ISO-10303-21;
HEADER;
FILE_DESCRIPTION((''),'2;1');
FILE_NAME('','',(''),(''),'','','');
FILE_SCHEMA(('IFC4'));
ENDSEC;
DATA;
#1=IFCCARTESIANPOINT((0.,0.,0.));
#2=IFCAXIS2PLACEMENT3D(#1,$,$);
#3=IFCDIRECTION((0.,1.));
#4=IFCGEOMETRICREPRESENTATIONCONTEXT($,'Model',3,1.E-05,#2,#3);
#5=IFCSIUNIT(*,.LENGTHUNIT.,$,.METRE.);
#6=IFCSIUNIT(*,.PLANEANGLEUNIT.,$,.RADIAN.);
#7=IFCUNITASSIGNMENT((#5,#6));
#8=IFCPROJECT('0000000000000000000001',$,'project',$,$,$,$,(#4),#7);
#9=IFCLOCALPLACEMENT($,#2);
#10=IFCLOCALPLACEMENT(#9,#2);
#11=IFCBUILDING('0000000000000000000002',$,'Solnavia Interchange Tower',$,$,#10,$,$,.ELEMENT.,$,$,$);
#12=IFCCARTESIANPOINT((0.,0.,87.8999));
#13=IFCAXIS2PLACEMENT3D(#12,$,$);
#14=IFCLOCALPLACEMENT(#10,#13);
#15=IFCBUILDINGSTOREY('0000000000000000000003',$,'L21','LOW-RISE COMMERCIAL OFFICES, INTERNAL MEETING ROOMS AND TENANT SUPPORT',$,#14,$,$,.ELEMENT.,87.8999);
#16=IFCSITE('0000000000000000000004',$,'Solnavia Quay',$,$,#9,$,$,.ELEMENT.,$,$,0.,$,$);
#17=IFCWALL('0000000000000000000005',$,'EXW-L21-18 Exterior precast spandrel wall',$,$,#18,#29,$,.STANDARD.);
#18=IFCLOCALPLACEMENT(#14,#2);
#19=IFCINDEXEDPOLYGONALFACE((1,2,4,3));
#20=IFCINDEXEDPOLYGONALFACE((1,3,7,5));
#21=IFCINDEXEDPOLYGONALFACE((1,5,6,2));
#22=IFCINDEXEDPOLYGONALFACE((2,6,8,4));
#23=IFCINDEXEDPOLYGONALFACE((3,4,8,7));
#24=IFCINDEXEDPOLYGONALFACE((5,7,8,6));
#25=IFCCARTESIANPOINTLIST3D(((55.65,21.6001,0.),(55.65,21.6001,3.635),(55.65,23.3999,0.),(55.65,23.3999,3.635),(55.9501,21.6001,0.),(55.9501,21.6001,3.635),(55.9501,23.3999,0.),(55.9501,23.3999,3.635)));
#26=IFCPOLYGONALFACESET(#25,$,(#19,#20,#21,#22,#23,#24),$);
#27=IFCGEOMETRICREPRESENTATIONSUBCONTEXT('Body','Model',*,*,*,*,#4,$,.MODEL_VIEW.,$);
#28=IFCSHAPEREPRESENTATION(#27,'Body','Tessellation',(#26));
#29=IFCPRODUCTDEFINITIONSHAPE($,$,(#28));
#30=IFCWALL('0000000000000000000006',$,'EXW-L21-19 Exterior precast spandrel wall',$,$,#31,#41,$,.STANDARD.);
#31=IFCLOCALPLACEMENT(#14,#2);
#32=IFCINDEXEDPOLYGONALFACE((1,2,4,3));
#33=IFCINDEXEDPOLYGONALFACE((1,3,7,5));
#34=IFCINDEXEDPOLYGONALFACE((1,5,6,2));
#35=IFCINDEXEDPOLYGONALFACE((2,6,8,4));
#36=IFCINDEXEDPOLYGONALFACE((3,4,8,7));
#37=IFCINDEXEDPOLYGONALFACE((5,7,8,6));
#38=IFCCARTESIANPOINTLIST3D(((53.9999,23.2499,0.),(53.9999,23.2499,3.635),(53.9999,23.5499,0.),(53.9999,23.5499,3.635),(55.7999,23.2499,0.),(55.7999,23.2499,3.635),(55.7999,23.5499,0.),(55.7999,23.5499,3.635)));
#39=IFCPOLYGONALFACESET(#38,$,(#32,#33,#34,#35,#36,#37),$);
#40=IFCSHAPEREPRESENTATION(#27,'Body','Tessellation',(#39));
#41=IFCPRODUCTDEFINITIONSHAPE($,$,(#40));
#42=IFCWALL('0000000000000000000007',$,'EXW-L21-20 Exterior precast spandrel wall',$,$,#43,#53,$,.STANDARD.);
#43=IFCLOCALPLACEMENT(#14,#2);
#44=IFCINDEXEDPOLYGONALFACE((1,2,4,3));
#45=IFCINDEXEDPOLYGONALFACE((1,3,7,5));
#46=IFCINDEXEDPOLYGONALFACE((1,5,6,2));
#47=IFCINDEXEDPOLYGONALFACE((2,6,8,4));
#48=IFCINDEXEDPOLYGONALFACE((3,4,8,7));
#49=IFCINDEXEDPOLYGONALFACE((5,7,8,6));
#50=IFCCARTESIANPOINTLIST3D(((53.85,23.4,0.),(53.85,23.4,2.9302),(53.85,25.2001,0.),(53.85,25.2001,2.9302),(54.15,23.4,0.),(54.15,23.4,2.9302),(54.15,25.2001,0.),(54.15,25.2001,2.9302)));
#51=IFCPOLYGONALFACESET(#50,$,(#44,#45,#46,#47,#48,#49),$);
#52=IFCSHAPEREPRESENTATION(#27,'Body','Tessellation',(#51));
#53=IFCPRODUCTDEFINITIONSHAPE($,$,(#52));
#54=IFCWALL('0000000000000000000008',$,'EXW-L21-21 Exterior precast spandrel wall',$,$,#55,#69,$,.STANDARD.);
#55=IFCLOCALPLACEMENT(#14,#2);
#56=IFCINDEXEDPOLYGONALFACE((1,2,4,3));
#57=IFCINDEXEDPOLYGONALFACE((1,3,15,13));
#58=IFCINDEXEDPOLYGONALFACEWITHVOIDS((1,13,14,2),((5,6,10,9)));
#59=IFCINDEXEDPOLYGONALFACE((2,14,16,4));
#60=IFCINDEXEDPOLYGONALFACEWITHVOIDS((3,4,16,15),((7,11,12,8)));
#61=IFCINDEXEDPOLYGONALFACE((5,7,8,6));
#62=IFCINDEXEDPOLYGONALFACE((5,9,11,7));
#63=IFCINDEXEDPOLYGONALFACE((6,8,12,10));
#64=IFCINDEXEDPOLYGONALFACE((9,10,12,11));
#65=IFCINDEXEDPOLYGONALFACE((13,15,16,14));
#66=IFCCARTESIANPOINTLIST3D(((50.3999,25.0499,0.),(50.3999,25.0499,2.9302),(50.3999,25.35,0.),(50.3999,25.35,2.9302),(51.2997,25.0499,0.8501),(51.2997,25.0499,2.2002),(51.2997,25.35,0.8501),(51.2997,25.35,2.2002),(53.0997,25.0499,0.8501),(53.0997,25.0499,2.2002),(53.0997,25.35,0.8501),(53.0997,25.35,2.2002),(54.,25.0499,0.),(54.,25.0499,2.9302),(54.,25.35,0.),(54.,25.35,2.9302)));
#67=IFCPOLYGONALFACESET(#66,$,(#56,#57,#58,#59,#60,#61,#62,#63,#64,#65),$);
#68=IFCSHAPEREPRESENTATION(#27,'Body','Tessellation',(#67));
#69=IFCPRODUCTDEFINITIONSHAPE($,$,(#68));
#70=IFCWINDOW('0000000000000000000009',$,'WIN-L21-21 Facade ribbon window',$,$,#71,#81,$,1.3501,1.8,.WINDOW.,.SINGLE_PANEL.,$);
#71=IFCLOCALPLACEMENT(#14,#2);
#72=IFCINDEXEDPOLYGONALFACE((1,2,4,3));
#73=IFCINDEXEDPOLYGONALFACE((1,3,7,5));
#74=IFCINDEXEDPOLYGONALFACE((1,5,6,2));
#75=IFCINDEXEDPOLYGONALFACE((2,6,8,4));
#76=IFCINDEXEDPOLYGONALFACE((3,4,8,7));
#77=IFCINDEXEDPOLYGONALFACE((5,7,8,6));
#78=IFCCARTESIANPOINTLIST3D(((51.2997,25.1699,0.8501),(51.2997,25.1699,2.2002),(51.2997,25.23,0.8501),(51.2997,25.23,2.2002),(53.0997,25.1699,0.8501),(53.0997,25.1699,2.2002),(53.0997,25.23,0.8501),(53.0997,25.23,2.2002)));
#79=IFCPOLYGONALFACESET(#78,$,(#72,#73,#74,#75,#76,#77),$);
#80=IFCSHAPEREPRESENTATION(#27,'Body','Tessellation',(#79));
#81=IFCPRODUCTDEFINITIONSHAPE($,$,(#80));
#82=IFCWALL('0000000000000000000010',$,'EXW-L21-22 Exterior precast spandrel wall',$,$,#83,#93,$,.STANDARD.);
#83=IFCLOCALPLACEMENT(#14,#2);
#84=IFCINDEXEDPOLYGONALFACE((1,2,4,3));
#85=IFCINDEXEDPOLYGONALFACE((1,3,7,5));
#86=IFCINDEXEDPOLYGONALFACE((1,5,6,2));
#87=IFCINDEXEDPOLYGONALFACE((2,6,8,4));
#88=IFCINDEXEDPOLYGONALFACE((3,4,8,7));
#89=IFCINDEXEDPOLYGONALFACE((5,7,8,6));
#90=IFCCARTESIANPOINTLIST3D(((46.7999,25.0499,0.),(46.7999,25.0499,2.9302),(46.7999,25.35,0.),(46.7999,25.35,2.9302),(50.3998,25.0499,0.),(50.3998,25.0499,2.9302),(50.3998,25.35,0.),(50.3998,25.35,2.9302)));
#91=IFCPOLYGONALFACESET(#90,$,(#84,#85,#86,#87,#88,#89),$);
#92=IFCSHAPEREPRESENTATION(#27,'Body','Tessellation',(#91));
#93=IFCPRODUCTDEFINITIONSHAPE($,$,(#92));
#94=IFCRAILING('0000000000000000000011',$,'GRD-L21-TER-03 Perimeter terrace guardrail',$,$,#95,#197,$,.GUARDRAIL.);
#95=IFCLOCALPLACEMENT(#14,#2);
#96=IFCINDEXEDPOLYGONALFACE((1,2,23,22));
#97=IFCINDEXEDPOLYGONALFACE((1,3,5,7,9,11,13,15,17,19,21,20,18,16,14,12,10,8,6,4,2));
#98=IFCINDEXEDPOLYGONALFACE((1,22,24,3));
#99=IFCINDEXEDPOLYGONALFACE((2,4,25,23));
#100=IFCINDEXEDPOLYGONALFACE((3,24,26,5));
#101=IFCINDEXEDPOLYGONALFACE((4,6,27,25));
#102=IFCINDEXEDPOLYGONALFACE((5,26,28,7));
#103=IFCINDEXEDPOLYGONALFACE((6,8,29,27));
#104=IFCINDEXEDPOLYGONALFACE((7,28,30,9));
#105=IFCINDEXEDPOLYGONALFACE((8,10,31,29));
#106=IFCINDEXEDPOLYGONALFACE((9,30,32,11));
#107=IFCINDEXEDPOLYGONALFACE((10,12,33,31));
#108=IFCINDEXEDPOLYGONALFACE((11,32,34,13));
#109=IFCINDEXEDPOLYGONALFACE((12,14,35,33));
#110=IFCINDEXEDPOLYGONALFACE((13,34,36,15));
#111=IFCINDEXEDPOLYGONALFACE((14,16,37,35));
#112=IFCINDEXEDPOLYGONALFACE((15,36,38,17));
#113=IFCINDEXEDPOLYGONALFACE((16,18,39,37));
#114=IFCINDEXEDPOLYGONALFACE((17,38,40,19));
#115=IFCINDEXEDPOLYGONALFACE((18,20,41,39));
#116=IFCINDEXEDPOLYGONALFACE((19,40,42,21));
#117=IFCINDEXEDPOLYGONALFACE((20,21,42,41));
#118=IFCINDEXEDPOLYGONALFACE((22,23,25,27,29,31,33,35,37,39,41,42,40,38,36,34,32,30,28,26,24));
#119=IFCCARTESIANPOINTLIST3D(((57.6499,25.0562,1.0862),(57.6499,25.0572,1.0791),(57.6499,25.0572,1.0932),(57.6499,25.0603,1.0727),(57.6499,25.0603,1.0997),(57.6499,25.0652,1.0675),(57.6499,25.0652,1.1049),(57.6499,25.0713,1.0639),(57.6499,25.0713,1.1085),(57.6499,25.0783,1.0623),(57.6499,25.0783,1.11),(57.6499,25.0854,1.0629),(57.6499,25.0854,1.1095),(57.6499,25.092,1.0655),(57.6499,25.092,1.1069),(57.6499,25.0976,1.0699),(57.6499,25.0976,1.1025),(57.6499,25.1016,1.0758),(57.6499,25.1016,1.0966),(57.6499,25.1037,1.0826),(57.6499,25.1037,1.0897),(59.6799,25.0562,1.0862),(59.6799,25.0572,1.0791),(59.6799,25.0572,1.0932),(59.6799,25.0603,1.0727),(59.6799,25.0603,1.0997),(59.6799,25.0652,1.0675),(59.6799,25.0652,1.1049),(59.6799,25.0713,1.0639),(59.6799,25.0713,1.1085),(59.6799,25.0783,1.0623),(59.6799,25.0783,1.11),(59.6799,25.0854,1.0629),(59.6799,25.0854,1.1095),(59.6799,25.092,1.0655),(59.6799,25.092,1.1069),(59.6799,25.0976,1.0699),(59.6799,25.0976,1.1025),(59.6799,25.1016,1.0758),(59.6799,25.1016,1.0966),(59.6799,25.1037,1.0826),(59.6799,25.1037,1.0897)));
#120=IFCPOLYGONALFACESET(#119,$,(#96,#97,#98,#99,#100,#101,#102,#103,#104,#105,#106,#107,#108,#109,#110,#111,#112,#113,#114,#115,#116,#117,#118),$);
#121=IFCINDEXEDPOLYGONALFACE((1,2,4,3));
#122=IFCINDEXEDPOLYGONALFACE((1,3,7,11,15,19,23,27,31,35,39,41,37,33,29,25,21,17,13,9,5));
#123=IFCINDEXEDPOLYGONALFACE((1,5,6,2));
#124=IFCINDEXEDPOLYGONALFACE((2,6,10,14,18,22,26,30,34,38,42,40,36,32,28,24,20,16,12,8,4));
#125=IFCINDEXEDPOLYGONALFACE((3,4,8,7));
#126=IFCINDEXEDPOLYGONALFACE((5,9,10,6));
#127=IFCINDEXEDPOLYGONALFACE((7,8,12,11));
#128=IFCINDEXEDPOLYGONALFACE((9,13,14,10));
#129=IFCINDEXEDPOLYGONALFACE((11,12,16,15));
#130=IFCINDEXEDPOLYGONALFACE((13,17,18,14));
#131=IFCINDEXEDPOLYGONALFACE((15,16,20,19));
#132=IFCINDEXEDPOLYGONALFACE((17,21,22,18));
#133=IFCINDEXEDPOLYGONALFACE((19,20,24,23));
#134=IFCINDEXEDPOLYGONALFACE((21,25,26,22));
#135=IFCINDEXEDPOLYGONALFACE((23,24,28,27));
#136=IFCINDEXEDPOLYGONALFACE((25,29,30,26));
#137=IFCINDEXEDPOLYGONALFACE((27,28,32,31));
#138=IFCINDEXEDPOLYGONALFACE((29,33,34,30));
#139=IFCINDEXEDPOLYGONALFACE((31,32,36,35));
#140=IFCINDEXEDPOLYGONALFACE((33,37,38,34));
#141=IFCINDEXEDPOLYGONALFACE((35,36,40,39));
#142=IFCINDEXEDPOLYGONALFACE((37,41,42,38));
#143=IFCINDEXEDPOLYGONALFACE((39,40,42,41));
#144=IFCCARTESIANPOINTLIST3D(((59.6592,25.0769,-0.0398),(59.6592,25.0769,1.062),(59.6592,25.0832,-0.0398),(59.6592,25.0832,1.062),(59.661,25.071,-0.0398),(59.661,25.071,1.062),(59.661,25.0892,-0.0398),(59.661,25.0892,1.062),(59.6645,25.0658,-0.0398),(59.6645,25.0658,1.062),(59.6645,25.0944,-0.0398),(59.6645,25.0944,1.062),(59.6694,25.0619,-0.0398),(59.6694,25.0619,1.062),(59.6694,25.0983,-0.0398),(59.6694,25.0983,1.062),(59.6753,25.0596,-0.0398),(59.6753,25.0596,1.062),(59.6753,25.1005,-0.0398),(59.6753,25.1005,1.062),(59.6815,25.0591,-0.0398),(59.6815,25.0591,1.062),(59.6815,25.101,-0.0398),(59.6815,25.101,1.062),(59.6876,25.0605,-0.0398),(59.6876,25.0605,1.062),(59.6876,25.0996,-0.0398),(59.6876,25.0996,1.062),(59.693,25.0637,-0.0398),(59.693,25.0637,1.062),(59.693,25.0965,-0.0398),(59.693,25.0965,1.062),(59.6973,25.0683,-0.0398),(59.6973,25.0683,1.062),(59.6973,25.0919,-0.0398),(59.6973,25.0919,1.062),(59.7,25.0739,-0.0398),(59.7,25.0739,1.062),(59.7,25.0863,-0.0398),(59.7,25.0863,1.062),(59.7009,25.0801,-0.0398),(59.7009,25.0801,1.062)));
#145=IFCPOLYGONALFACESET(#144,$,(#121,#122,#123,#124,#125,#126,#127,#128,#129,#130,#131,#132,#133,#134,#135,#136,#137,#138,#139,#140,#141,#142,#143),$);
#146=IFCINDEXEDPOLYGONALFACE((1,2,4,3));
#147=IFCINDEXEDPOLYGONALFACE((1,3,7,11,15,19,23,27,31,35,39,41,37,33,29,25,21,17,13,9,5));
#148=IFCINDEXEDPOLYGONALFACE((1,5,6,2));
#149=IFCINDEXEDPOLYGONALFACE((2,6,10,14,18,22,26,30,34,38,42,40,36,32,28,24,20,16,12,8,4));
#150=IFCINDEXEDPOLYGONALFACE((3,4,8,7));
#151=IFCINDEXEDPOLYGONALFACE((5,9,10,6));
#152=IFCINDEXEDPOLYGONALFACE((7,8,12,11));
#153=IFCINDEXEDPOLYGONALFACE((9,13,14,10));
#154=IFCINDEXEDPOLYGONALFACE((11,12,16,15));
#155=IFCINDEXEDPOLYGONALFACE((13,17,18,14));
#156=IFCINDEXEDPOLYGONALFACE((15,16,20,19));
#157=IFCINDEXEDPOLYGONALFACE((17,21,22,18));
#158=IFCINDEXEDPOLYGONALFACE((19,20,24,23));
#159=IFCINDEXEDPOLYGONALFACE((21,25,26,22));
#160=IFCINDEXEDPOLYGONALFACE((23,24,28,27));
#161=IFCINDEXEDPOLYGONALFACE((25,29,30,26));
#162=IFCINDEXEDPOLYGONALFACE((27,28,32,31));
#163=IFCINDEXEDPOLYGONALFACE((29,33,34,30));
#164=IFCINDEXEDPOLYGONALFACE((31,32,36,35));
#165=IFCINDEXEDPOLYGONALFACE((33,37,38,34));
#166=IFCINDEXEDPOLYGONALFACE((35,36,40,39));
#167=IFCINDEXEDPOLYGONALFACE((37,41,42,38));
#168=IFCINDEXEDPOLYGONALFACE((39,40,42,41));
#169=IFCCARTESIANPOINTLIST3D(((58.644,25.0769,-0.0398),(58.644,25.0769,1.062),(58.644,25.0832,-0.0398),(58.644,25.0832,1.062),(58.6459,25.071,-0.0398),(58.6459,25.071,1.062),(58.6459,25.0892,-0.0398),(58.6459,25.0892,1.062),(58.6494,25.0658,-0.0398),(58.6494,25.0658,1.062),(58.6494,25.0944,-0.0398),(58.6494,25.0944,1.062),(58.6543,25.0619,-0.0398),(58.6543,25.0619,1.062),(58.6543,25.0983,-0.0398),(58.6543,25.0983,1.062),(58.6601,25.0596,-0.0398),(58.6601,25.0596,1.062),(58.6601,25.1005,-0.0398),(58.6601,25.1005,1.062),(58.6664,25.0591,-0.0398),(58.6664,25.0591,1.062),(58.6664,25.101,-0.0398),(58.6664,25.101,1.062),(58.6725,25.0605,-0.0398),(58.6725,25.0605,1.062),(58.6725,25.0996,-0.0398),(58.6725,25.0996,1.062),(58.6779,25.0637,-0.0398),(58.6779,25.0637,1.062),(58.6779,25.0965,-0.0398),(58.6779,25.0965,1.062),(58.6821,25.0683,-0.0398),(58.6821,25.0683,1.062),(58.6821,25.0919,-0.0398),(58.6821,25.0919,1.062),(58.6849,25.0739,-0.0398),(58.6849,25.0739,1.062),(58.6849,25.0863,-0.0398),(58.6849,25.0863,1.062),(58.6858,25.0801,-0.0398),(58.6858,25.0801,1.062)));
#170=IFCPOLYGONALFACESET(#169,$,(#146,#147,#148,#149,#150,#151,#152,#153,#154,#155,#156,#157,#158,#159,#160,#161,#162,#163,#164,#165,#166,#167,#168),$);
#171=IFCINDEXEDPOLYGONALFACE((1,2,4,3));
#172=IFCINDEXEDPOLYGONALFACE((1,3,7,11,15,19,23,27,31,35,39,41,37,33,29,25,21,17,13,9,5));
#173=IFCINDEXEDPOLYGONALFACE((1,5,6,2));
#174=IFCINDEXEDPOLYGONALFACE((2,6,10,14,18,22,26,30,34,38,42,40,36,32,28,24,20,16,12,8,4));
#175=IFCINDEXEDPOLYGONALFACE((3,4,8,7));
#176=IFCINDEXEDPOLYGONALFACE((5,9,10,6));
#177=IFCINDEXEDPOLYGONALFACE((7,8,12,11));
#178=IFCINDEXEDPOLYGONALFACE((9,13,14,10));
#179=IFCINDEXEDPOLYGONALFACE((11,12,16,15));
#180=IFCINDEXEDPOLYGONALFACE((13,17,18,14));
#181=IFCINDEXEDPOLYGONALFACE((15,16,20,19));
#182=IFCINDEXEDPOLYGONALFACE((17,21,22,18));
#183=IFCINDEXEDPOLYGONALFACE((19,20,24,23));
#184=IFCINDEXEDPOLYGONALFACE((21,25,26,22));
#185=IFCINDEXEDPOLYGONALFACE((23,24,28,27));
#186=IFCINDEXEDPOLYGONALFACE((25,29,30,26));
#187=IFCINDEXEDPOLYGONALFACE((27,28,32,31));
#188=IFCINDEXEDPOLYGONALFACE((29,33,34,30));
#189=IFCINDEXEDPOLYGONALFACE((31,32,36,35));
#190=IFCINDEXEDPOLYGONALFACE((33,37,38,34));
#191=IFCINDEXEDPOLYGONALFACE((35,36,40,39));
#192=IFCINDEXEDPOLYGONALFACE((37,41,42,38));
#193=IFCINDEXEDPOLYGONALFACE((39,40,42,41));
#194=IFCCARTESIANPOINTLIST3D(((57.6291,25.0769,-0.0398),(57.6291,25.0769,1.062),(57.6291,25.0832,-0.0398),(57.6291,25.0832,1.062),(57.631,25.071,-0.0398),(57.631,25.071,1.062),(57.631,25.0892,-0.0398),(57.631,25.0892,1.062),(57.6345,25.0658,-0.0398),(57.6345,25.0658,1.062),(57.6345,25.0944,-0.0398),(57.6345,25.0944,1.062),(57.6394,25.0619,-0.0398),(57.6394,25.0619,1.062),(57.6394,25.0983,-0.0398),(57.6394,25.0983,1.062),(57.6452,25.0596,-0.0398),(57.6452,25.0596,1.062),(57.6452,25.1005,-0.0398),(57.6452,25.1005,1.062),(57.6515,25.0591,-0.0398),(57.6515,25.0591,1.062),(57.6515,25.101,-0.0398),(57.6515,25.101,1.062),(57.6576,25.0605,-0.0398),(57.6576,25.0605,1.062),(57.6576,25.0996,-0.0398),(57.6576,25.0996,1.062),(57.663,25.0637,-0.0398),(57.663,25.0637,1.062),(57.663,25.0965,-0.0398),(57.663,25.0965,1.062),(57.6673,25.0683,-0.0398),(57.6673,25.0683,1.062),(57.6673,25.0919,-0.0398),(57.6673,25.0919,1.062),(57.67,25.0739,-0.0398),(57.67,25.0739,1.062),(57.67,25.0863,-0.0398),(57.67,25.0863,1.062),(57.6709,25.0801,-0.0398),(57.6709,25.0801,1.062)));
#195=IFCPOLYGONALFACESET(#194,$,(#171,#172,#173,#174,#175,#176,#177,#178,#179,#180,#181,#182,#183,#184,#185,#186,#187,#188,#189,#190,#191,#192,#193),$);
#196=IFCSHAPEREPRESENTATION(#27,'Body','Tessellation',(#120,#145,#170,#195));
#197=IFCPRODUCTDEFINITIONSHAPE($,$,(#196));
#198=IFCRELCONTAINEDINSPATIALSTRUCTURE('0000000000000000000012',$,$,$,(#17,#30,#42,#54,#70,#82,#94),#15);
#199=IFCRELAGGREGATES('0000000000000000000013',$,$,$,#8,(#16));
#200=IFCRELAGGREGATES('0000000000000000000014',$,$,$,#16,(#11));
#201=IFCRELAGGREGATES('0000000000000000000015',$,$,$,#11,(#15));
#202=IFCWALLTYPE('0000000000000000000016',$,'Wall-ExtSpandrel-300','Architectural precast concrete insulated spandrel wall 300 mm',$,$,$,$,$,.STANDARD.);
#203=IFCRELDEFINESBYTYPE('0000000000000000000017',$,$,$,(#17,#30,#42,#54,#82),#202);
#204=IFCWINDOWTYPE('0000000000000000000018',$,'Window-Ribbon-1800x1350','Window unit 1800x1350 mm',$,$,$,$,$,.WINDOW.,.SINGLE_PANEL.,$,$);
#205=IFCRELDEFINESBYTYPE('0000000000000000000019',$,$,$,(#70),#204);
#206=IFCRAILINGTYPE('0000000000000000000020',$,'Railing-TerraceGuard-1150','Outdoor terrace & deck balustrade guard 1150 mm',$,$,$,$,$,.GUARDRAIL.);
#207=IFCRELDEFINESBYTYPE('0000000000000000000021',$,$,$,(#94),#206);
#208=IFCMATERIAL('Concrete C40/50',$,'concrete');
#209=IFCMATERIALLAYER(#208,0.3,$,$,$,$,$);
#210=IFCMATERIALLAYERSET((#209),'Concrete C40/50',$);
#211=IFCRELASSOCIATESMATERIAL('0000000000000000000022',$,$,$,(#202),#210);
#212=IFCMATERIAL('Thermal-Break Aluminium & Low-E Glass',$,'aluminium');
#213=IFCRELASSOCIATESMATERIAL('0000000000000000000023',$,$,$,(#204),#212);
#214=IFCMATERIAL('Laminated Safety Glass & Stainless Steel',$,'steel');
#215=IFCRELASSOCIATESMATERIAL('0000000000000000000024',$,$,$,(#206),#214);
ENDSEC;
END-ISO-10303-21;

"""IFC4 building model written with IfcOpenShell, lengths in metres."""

from ifc_helpers import new_model, si_unit, direction, frame, frame_2d, origin, origin_2d, place, context, subcontext, project, spatial, rectangle, circle, extrude, material, layer, layer_set, type_object, element, fill, save


model = new_model("IFC4")

# Units and contexts
model_context = context("Model", 3, precision=1e-05, world=origin(), true_north=direction((0.0, 1.0)))
body_context = subcontext(model_context, "Body", "Model", "MODEL_VIEW")
ifc_project = project(units=[si_unit("LENGTHUNIT", "METRE"), si_unit("PLANEANGLEUNIT", "RADIAN")], contexts=[model_context])

# Site, building, storey
site_placement = place(None, origin())
site = spatial("IfcSite", under=ifc_project, at=site_placement, Name="Solnavia Quay", CompositionType="ELEMENT", RefElevation=0.0)
building_placement = place(site_placement, origin())
building = spatial("IfcBuilding", under=site, at=building_placement, Name="Solnavia Interchange Tower", CompositionType="ELEMENT")
storey_placement = place(building_placement, frame((0.0, 0.0, 87.8999)))
storey = spatial("IfcBuildingStorey", under=building, at=storey_placement, Name="L21", Description="LOW-RISE COMMERCIAL OFFICES, INTERNAL MEETING ROOMS AND TENANT SUPPORT", CompositionType="ELEMENT", Elevation=87.8999)

# Shared definitions
ifc_material_1 = material(Name="Concrete C40/50", Category="concrete")
ifc_layer_1 = layer(ifc_material_1, 0.3)
ifc_layer_set_1 = layer_set([ifc_layer_1], Name="Concrete C40/50")
wall_type = type_object("IfcWallType", Name="Wall-ExtSpandrel-300", Description="Architectural precast concrete insulated spandrel wall 300 mm", PredefinedType="STANDARD", material=ifc_layer_set_1)

# Shared definitions
ifc_material_2 = material(Name="Thermal-Break Aluminium & Low-E Glass", Category="aluminium")
window_type = type_object("IfcWindowType", Name="Window-Ribbon-1800x1350", Description="Window unit 1800x1350 mm", PartitioningType="SINGLE_PANEL", PredefinedType="WINDOW", material=ifc_material_2)

# Walls
wall_1_placement = place(storey_placement, frame((55.8, 23.3999, 0.0), z_axis=(0.0, 0.0, 1.0), x_axis=(0.0, -1.0, 0.0)))
element("IfcWall", 1, at=wall_1_placement, inside=storey, type_object=wall_type, Name="EXW-L21-18 Exterior precast spandrel wall", PredefinedType="STANDARD", context=body_context, shape_type="SweptSolid", body=[
    extrude(rectangle(XDim=1.7998, YDim=0.3, at=frame_2d((0.8999, 0.0))), origin(), (0.0, 0.0, 1.0), 3.635),
])
wall_2_placement = place(storey_placement, frame((54.0, 23.3999, 0.0), z_axis=(0.0, 0.0, 1.0), x_axis=(1.0, 0.0, 0.0)))
element("IfcWall", 2, at=wall_2_placement, inside=storey, type_object=wall_type, Name="EXW-L21-19 Exterior precast spandrel wall", PredefinedType="STANDARD", context=body_context, shape_type="SweptSolid", body=[
    extrude(rectangle(XDim=1.8, YDim=0.3, at=frame_2d((0.8999, 0.0))), origin(), (0.0, 0.0, 1.0), 3.635),
])
wall_3_placement = place(storey_placement, frame((54.0, 25.2, 0.0), z_axis=(0.0, 0.0, 1.0), x_axis=(0.0, -1.0, 0.0)))
element("IfcWall", 3, at=wall_3_placement, inside=storey, type_object=wall_type, Name="EXW-L21-20 Exterior precast spandrel wall", PredefinedType="STANDARD", context=body_context, shape_type="SweptSolid", body=[
    extrude(rectangle(XDim=1.8, YDim=0.3, at=frame_2d((0.8999, 0.0))), origin(), (0.0, 0.0, 1.0), 2.9302),
])

# Wall, opening, window
wall_4_placement = place(storey_placement, frame((50.3999, 25.2, 0.0), z_axis=(0.0, 0.0, 1.0), x_axis=(1.0, 0.0, 0.0)))
wall_4 = element("IfcWall", 4, at=wall_4_placement, inside=storey, type_object=wall_type, Name="EXW-L21-21 Exterior precast spandrel wall", PredefinedType="STANDARD", context=body_context, shape_type="SweptSolid", body=[
    extrude(rectangle(XDim=3.6001, YDim=0.3, at=frame_2d((1.8, 0.0))), origin(), (0.0, 0.0, 1.0), 2.9302),
])
opening_1_placement = place(wall_4_placement, frame((0.8999, 0.0, 0.8501)))
opening_1 = element("IfcOpeningElement", 5, at=opening_1_placement, cuts=wall_4, PredefinedType="OPENING", context=body_context, shape_type="SweptSolid", body=[
    extrude(rectangle(XDim=1.8, YDim=1.3501, at=frame_2d((0.8999, 0.675))), frame((0.0, 0.1602, 0.0), z_axis=(0.0, -1.0, 0.0), x_axis=(1.0, 0.0, 0.0)), (0.0, 0.0, 1.0), 0.3201),
])
window_1_placement = place(opening_1_placement, origin())
window_1 = element("IfcWindow", 6, at=window_1_placement, inside=storey, type_object=window_type, Name="WIN-L21-21 Facade ribbon window", OverallHeight=1.3501, OverallWidth=1.8, PartitioningType="SINGLE_PANEL", PredefinedType="WINDOW", context=body_context, shape_type="SweptSolid", body=[
    extrude(rectangle(XDim=1.8, YDim=1.3501, at=frame_2d((0.8999, 0.675))), frame((0.0, 0.03, 0.0), z_axis=(0.0, -1.0, 0.0), x_axis=(1.0, 0.0, 0.0)), (0.0, 0.0, 1.0), 0.0601),
])
fill(opening_1, window_1)

# Wall
wall_5_placement = place(storey_placement, frame((46.8, 25.2, 0.0), z_axis=(0.0, 0.0, 1.0), x_axis=(1.0, 0.0, 0.0)))
element("IfcWall", 7, at=wall_5_placement, inside=storey, type_object=wall_type, Name="EXW-L21-22 Exterior precast spandrel wall", PredefinedType="STANDARD", context=body_context, shape_type="SweptSolid", body=[
    extrude(rectangle(XDim=3.5999, YDim=0.3, at=frame_2d((1.7998, 0.0))), origin(), (0.0, 0.0, 1.0), 2.9302),
])

# Railing
ifc_material_3 = material(Name="Laminated Safety Glass & Stainless Steel", Category="steel")
railing_type = type_object("IfcRailingType", Name="Railing-TerraceGuard-1150", Description="Outdoor terrace & deck balustrade guard 1150 mm", PredefinedType="GUARDRAIL", material=ifc_material_3)
railing_placement = place(storey_placement, frame((59.6799, 25.0801, -0.0398)))
element("IfcRailing", 8, at=railing_placement, inside=storey, type_object=railing_type, Name="GRD-L21-TER-03 Perimeter terrace guardrail", PredefinedType="GUARDRAIL", context=body_context, shape_type="SweptSolid", body=[
    extrude(circle(Radius=0.0239, at=origin_2d()), frame((0.0, 0.0, 1.126), z_axis=(-1.0, 0.0, 0.0), x_axis=(0.0, -1.0, 0.0)), (0.0, 0.0, 1.0), 2.03),
    extrude(circle(Radius=0.021, at=origin_2d()), origin(), (0.0, 0.0, 1.0), 1.1018),
    extrude(circle(Radius=0.021, at=origin_2d()), frame((-1.0151, 0.0, 0.0)), (0.0, 0.0, 1.0), 1.1018),
    extrude(circle(Radius=0.021, at=origin_2d()), frame((-2.03, 0.0, 0.0)), (0.0, 0.0, 1.0), 1.1018),
])

save(model, "model.ifc")
